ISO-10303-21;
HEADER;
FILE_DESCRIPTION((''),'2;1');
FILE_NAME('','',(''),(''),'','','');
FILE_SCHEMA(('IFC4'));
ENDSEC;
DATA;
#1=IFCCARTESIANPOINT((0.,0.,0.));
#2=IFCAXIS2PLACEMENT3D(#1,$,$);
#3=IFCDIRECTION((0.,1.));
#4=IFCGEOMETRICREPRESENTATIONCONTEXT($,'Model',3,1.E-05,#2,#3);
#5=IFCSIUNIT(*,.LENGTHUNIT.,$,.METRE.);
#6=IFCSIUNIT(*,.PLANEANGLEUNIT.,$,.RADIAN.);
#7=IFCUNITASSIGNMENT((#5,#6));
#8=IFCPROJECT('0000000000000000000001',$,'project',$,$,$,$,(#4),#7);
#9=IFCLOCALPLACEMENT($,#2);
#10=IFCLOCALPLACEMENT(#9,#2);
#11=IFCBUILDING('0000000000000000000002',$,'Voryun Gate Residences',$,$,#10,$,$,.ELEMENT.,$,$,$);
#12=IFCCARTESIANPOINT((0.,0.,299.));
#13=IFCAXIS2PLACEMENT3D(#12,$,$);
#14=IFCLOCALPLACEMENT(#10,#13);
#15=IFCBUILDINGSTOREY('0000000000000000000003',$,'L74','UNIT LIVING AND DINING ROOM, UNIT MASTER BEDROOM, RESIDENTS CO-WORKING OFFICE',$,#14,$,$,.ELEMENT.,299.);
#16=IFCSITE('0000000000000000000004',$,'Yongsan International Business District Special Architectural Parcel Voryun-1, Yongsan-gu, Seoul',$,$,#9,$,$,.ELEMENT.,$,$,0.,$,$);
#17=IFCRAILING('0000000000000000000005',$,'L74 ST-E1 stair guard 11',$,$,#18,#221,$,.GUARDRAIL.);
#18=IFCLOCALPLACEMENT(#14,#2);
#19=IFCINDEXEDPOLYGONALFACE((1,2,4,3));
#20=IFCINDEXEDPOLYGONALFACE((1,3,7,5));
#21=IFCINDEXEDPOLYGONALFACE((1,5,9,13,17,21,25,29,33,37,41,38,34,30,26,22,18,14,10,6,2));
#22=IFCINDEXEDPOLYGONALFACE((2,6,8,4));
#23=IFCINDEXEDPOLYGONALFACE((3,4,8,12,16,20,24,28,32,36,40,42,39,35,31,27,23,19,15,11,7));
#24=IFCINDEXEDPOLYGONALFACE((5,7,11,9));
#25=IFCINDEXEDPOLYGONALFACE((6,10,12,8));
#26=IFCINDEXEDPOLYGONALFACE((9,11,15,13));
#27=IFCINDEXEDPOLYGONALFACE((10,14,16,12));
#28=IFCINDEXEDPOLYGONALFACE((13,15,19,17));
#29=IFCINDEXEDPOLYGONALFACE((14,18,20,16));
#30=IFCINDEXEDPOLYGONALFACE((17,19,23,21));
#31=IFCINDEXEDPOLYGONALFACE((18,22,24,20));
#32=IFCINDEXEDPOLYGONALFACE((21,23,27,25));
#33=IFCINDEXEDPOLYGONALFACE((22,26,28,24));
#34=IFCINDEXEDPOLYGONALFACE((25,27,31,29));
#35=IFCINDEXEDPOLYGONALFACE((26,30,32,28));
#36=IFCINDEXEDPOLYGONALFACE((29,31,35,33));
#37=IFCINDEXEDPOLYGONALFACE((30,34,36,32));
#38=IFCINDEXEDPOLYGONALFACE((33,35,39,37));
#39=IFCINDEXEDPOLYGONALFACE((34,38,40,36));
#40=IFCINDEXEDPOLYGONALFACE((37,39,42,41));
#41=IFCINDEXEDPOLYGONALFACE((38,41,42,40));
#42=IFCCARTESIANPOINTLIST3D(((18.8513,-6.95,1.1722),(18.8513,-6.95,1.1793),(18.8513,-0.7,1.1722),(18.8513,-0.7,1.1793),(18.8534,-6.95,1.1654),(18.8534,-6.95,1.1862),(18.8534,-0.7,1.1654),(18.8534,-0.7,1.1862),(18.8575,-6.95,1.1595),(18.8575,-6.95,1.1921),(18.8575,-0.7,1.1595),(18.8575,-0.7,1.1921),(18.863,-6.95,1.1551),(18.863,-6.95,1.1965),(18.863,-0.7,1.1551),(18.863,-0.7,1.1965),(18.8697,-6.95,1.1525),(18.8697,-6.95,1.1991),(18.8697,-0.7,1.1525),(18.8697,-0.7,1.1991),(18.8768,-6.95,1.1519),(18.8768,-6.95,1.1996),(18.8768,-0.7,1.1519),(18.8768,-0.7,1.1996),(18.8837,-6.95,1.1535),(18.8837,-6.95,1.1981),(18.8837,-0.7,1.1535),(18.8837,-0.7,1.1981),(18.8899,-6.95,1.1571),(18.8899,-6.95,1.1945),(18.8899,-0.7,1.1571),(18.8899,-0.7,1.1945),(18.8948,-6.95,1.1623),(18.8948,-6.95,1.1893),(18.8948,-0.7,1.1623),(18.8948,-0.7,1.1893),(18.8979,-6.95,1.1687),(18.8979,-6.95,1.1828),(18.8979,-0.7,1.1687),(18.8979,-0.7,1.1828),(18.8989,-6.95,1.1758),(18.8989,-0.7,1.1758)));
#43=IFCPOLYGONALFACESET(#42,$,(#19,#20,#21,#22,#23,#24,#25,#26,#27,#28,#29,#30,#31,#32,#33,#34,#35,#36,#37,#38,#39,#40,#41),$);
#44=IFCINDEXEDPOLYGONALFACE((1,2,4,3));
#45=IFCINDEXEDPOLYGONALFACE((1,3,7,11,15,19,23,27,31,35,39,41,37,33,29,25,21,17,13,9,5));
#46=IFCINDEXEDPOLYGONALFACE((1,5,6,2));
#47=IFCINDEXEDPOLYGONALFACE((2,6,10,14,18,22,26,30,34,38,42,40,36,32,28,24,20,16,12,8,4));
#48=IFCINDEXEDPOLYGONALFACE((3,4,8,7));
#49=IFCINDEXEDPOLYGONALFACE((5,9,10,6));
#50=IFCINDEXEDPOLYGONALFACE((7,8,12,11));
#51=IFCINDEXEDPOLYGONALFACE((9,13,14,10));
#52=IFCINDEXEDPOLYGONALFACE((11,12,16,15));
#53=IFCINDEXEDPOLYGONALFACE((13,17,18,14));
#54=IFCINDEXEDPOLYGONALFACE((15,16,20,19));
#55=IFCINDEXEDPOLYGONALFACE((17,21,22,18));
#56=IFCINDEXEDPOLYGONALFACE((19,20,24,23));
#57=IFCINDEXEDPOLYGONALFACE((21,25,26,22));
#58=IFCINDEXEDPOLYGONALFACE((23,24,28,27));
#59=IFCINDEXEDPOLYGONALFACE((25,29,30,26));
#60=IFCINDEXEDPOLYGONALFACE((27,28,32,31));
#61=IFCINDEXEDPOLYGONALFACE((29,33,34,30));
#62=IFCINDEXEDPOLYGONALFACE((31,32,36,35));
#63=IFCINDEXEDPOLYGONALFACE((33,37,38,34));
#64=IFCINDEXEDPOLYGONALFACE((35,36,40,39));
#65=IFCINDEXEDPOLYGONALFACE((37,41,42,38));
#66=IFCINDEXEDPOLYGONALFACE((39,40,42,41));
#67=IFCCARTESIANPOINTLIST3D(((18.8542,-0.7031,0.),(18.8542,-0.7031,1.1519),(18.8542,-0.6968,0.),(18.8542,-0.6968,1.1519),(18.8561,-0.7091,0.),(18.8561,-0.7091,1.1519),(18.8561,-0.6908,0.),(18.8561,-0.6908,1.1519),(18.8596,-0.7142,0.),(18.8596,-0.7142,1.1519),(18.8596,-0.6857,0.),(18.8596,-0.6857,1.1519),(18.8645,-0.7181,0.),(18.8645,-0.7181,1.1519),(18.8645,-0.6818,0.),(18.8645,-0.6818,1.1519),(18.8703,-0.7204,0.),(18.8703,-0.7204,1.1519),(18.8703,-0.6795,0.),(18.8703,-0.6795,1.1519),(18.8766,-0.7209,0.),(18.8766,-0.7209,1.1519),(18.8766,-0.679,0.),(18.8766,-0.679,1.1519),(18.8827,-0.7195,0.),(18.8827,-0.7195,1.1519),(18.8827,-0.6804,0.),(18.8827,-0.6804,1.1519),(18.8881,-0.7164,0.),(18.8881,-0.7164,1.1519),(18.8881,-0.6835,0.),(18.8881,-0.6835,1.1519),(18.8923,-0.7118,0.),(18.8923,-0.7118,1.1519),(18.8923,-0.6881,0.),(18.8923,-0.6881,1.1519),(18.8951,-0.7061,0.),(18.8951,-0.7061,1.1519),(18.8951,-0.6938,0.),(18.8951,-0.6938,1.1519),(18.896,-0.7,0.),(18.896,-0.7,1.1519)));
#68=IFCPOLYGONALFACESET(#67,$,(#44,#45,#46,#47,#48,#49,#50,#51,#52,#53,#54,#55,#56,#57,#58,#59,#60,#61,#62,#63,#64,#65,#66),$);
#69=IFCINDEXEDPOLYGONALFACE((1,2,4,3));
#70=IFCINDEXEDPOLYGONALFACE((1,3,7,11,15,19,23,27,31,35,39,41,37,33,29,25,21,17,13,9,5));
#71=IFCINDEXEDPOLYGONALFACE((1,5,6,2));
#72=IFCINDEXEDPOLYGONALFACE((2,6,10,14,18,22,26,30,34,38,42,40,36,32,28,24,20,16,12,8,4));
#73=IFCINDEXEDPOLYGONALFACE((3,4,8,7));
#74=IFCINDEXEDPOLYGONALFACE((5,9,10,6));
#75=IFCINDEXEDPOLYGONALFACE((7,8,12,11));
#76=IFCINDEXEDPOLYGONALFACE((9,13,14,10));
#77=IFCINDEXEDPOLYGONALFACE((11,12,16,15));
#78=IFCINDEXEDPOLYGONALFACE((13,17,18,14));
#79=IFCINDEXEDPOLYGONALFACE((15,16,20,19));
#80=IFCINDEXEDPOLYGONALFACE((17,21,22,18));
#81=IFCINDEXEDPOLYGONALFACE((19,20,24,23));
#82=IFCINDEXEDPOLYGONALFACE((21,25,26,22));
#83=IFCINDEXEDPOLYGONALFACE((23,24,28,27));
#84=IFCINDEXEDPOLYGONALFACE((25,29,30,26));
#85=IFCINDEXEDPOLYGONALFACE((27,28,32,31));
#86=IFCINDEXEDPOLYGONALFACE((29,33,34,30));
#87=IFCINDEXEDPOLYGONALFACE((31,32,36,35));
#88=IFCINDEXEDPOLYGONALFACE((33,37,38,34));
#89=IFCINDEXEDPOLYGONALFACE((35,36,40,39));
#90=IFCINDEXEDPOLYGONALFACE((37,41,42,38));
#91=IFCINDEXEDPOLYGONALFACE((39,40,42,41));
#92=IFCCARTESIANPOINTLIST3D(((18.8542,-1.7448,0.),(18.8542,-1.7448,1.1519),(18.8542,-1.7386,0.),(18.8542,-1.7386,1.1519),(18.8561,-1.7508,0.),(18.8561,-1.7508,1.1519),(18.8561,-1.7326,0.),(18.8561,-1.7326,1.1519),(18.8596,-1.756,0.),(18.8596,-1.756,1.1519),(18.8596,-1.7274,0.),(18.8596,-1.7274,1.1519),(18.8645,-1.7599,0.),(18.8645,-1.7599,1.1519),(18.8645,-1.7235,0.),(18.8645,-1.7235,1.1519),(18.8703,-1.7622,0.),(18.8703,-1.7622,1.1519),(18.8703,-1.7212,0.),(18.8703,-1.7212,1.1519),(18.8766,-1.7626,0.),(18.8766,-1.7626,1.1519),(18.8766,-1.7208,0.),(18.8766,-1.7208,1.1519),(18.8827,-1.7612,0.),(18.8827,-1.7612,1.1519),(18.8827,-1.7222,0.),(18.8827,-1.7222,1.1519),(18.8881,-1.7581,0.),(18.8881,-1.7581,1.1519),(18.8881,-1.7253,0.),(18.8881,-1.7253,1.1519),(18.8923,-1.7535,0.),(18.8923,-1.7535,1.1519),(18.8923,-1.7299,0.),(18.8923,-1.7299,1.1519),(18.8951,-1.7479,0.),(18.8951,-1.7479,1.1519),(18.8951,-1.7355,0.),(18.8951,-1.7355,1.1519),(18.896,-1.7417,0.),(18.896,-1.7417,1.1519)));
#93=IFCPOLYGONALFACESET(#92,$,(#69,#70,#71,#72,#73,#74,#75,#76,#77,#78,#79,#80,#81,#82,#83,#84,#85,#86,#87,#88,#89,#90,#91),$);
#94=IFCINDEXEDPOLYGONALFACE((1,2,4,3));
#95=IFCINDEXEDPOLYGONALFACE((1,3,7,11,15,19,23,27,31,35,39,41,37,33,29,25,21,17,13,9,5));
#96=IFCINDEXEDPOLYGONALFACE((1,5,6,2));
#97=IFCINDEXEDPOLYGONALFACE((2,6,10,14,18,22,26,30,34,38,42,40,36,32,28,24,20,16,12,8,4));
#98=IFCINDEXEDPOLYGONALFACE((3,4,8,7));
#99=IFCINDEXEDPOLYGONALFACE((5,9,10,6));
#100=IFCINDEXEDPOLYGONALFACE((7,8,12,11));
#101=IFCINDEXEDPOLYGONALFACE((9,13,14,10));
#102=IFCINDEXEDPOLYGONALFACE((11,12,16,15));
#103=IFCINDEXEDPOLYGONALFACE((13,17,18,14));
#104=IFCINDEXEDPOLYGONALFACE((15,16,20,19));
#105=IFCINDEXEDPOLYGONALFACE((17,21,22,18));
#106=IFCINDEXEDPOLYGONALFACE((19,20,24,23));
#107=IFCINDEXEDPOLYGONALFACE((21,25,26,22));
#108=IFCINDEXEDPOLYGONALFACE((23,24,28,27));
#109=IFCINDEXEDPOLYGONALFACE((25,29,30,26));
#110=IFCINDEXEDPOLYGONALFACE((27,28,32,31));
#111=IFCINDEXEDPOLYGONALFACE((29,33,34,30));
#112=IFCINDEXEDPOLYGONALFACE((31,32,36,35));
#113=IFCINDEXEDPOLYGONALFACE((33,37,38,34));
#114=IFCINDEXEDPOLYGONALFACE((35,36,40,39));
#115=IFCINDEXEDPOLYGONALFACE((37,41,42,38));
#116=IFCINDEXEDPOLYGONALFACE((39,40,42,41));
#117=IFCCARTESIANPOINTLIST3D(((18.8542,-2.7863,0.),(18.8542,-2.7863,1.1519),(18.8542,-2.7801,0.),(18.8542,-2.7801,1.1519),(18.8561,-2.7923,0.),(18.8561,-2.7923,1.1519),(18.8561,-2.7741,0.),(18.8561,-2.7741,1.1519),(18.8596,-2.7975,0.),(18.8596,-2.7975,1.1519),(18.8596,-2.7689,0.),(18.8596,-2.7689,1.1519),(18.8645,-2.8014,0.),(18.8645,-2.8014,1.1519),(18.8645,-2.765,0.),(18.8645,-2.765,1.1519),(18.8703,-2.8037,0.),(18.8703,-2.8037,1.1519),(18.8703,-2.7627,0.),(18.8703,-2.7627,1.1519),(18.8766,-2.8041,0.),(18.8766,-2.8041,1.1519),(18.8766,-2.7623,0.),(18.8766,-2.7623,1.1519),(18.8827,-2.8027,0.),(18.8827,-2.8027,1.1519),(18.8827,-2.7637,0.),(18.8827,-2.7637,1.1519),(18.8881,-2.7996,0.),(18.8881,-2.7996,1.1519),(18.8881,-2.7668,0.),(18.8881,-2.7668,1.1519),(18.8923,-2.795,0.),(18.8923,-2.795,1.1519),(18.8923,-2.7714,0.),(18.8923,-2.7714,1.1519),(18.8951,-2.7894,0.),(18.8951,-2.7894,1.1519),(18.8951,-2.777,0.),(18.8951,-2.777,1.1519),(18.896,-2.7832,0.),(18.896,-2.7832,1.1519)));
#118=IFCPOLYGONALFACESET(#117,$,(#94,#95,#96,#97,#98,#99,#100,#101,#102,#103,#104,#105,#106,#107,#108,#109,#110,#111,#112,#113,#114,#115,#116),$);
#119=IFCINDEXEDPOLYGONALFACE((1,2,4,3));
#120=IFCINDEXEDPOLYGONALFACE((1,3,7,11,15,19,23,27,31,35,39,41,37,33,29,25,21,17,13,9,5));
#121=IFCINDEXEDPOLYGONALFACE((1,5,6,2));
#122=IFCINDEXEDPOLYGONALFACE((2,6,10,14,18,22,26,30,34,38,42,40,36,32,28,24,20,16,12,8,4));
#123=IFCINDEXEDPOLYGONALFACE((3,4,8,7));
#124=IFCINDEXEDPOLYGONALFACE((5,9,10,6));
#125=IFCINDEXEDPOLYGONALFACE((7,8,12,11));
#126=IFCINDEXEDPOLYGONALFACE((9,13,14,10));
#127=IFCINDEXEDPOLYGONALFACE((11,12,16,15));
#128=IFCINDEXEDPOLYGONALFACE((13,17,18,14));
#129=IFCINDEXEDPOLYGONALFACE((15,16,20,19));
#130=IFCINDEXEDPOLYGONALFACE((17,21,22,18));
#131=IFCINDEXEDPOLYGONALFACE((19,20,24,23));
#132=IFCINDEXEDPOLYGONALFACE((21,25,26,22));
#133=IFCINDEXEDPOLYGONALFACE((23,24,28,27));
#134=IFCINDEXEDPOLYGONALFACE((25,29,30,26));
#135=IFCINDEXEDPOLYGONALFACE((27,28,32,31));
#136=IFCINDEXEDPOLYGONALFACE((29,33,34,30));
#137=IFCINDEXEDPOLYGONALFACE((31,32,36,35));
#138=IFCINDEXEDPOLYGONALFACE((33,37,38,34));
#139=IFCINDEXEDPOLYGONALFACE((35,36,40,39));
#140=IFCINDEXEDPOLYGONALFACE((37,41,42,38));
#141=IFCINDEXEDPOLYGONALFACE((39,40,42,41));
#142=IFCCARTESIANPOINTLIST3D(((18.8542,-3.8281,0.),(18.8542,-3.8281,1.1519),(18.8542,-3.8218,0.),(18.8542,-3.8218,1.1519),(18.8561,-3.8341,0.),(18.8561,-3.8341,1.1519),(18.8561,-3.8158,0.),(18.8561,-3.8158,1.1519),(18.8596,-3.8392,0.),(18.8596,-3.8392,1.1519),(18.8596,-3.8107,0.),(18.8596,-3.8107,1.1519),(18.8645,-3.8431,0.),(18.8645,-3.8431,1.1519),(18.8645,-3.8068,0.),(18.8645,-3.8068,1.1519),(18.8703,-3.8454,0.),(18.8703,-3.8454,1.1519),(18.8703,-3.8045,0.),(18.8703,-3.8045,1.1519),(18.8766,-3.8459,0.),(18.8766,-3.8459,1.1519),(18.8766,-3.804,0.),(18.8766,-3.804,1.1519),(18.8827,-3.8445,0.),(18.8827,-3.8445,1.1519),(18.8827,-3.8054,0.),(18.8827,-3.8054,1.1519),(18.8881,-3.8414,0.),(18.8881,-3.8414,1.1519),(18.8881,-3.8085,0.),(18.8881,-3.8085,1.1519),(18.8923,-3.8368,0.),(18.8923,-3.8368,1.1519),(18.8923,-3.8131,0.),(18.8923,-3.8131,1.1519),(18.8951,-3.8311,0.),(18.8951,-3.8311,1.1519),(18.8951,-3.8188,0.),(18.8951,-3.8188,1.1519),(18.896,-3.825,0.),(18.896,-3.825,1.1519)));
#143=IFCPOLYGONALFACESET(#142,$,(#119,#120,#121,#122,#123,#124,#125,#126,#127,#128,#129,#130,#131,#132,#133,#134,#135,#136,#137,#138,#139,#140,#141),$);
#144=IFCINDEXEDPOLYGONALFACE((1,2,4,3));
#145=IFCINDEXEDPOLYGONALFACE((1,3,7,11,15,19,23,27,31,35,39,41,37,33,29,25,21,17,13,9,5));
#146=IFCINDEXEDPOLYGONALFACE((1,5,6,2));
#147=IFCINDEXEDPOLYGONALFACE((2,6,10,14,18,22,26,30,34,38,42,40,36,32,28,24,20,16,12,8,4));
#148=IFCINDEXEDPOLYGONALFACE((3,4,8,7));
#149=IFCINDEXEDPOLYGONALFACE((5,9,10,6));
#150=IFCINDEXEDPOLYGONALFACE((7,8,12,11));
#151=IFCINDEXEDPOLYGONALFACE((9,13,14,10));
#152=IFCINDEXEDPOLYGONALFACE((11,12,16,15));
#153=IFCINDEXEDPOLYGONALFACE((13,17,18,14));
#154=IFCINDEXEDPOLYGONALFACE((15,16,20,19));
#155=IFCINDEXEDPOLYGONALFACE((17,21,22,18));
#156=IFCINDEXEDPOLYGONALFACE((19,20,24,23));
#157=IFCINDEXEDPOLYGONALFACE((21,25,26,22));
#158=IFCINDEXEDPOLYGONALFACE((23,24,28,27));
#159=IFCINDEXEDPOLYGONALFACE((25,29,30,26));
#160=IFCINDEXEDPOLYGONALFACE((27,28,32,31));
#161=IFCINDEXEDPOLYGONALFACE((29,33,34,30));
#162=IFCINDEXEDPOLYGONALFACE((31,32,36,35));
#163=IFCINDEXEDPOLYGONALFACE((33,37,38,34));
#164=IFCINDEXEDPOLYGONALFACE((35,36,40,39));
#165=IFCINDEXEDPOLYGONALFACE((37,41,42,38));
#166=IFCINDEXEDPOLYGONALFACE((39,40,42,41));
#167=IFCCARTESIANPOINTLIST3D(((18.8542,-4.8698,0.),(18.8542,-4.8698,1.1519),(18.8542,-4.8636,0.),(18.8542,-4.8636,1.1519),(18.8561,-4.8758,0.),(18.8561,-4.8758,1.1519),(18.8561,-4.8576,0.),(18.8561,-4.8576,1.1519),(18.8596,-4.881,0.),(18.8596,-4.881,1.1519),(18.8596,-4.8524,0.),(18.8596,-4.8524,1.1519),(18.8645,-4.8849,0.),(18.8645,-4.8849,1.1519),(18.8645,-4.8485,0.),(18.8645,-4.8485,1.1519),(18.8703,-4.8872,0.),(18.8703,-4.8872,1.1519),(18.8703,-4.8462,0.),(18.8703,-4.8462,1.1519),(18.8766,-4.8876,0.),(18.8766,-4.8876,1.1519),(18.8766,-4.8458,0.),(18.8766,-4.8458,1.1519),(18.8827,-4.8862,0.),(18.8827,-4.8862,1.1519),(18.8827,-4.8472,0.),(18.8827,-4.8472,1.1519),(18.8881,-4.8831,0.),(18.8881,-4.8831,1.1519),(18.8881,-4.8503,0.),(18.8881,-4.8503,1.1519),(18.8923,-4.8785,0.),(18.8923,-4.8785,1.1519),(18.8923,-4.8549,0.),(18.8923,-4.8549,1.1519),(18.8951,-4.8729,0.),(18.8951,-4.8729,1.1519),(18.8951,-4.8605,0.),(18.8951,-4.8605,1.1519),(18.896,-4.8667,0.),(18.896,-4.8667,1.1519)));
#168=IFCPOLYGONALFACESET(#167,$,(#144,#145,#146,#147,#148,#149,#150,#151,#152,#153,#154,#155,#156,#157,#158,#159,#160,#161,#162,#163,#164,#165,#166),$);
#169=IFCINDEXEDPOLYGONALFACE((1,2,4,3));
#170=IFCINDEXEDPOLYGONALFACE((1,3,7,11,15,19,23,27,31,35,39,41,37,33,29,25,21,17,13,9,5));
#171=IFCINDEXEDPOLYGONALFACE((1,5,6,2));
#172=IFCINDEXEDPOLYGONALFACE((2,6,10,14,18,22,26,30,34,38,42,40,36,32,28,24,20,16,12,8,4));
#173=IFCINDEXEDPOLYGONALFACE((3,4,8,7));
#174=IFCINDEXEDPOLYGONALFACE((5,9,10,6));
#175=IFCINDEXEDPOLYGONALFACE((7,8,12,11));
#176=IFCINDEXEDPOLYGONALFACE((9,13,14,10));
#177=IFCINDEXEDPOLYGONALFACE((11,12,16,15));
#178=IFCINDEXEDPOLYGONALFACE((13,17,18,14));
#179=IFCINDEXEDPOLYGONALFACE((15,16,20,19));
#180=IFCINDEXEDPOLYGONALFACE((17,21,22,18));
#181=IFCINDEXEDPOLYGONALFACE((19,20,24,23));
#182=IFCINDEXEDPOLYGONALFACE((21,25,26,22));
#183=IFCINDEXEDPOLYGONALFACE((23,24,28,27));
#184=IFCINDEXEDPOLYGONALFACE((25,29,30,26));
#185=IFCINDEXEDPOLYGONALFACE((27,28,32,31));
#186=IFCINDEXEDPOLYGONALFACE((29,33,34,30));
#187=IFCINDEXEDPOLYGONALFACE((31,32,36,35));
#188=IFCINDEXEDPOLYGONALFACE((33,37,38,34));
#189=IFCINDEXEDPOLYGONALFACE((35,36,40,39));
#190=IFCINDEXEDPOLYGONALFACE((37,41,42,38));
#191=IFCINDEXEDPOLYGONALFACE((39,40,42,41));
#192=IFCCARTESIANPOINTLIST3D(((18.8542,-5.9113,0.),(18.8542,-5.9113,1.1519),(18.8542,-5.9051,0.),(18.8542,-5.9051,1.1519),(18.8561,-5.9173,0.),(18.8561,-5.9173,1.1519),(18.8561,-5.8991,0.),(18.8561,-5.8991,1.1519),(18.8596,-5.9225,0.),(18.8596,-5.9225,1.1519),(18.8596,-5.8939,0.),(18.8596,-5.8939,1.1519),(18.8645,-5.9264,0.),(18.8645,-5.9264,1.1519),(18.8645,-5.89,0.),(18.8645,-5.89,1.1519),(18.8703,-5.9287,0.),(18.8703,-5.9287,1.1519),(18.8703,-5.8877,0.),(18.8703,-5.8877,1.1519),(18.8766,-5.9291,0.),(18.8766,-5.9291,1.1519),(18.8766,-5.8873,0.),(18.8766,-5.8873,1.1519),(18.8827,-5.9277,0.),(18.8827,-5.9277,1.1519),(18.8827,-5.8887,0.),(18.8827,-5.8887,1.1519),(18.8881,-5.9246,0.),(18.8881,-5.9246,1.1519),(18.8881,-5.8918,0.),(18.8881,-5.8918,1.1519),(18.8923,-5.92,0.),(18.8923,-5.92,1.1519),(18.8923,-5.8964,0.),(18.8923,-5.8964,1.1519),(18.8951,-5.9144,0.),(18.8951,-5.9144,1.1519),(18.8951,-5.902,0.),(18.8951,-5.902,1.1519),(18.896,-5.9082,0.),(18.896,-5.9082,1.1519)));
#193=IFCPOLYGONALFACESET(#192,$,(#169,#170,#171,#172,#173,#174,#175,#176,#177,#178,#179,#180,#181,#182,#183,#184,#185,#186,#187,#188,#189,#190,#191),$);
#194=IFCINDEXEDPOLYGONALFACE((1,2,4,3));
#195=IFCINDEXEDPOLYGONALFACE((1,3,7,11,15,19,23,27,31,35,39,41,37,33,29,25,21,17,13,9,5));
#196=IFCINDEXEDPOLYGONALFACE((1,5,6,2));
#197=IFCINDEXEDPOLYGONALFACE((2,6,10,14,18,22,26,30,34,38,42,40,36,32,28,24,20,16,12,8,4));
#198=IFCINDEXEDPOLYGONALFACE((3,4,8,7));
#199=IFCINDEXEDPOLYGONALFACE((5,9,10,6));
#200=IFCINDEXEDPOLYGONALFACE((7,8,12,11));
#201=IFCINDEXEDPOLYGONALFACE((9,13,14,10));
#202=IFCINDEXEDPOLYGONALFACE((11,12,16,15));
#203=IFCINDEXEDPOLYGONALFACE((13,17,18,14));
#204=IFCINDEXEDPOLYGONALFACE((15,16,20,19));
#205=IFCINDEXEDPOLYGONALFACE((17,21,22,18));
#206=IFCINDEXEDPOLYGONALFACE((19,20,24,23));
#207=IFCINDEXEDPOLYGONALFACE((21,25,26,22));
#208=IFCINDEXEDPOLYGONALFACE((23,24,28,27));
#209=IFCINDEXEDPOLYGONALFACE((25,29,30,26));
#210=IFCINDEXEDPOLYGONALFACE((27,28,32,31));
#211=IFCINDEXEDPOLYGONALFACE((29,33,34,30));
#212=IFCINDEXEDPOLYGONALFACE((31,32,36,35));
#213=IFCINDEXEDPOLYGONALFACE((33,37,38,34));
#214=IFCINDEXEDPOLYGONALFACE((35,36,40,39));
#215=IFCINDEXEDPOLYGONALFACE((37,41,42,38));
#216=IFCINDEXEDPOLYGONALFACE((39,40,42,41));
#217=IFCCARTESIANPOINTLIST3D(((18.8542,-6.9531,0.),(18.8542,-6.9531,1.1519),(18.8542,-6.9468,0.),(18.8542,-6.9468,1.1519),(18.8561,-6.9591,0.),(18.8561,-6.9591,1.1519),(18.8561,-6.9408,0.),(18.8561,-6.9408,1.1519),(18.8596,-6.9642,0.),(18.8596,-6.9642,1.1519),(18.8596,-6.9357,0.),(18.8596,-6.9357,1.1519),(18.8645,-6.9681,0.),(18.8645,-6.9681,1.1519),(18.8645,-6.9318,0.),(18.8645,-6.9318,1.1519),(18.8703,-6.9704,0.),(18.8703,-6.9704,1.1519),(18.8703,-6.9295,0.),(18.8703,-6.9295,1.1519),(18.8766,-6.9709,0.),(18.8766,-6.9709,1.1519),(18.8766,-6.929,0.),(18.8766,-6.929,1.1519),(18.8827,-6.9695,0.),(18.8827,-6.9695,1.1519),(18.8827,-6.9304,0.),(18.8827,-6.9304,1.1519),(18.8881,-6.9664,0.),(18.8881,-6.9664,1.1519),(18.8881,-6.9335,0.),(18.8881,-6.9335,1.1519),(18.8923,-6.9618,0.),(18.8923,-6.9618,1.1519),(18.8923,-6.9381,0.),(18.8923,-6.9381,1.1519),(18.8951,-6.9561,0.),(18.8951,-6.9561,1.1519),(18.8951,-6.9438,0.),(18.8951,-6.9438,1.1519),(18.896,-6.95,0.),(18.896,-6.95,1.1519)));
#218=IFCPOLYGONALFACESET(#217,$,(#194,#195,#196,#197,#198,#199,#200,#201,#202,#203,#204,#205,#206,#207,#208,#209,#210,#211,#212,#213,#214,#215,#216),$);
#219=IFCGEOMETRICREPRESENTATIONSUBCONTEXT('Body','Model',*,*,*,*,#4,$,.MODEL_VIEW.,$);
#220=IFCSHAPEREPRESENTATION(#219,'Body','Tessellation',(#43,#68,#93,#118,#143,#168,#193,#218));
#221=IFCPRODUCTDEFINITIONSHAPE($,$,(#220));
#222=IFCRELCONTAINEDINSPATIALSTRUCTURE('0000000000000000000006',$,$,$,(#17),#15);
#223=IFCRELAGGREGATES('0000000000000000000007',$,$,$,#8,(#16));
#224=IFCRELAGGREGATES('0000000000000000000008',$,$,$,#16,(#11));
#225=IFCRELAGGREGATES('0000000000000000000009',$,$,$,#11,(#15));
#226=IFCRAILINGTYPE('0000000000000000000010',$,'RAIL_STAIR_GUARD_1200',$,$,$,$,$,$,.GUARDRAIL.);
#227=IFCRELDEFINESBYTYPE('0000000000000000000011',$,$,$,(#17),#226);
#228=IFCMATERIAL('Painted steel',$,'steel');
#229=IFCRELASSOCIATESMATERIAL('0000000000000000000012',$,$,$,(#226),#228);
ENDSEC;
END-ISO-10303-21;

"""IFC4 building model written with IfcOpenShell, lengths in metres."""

from ifc_helpers import new_model, si_unit, direction, frame, origin, origin_2d, place, context, subcontext, project, spatial, circle, extrude, material, type_object, element, save


model = new_model("IFC4")

# Units and contexts
model_context = context("Model", 3, precision=1e-05, world=origin(), true_north=direction((0.0, 1.0)))
body_context = subcontext(model_context, "Body", "Model", "MODEL_VIEW")
ifc_project = project(units=[si_unit("LENGTHUNIT", "METRE"), si_unit("PLANEANGLEUNIT", "RADIAN")], contexts=[model_context])

# Site, building, storey
site_placement = place(None, origin())
site = spatial("IfcSite", under=ifc_project, at=site_placement, Name="Yongsan International Business District Special Architectural Parcel Voryun-1, Yongsan-gu, Seoul", CompositionType="ELEMENT", RefElevation=0.0)
building_placement = place(site_placement, origin())
building = spatial("IfcBuilding", under=site, at=building_placement, Name="Voryun Gate Residences", CompositionType="ELEMENT")
storey_placement = place(building_placement, frame((0.0, 0.0, 299.0)))
storey = spatial("IfcBuildingStorey", under=building, at=storey_placement, Name="L74", Description="UNIT LIVING AND DINING ROOM, UNIT MASTER BEDROOM, RESIDENTS CO-WORKING OFFICE", CompositionType="ELEMENT", Elevation=299.0)

# Railing
ifc_material_1 = material(Name="Painted steel", Category="steel")
railing_type = type_object("IfcRailingType", Name="RAIL_STAIR_GUARD_1200", PredefinedType="GUARDRAIL", material=ifc_material_1)
railing_placement = place(storey_placement, frame((18.875, -0.7, 0.0)))
element("IfcRailing", 1, at=railing_placement, inside=storey, type_object=railing_type, Name="L74 ST-E1 stair guard 11", PredefinedType="GUARDRAIL", context=body_context, shape_type="SweptSolid", body=[
    extrude(circle(Radius=0.0239, at=origin_2d()), frame((0.0, 0.0, 1.1758), z_axis=(0.0, -1.0, 0.0), x_axis=(1.0, 0.0, 0.0)), (0.0, 0.0, 1.0), 6.25),
    extrude(circle(Radius=0.021, at=origin_2d()), origin(), (0.0, 0.0, 1.0), 1.1519),
    extrude(circle(Radius=0.021, at=origin_2d()), frame((0.0, -1.0417, 0.0)), (0.0, 0.0, 1.0), 1.1519),
    extrude(circle(Radius=0.021, at=origin_2d()), frame((0.0, -2.0833, 0.0)), (0.0, 0.0, 1.0), 1.1519),
    extrude(circle(Radius=0.021, at=origin_2d()), frame((0.0, -3.125, 0.0)), (0.0, 0.0, 1.0), 1.1519),
    extrude(circle(Radius=0.021, at=origin_2d()), frame((0.0, -4.1667, 0.0)), (0.0, 0.0, 1.0), 1.1519),
    extrude(circle(Radius=0.021, at=origin_2d()), frame((0.0, -5.2083, 0.0)), (0.0, 0.0, 1.0), 1.1519),
    extrude(circle(Radius=0.021, at=origin_2d()), frame((0.0, -6.25, 0.0)), (0.0, 0.0, 1.0), 1.1519),
])

save(model, "model.ifc")
